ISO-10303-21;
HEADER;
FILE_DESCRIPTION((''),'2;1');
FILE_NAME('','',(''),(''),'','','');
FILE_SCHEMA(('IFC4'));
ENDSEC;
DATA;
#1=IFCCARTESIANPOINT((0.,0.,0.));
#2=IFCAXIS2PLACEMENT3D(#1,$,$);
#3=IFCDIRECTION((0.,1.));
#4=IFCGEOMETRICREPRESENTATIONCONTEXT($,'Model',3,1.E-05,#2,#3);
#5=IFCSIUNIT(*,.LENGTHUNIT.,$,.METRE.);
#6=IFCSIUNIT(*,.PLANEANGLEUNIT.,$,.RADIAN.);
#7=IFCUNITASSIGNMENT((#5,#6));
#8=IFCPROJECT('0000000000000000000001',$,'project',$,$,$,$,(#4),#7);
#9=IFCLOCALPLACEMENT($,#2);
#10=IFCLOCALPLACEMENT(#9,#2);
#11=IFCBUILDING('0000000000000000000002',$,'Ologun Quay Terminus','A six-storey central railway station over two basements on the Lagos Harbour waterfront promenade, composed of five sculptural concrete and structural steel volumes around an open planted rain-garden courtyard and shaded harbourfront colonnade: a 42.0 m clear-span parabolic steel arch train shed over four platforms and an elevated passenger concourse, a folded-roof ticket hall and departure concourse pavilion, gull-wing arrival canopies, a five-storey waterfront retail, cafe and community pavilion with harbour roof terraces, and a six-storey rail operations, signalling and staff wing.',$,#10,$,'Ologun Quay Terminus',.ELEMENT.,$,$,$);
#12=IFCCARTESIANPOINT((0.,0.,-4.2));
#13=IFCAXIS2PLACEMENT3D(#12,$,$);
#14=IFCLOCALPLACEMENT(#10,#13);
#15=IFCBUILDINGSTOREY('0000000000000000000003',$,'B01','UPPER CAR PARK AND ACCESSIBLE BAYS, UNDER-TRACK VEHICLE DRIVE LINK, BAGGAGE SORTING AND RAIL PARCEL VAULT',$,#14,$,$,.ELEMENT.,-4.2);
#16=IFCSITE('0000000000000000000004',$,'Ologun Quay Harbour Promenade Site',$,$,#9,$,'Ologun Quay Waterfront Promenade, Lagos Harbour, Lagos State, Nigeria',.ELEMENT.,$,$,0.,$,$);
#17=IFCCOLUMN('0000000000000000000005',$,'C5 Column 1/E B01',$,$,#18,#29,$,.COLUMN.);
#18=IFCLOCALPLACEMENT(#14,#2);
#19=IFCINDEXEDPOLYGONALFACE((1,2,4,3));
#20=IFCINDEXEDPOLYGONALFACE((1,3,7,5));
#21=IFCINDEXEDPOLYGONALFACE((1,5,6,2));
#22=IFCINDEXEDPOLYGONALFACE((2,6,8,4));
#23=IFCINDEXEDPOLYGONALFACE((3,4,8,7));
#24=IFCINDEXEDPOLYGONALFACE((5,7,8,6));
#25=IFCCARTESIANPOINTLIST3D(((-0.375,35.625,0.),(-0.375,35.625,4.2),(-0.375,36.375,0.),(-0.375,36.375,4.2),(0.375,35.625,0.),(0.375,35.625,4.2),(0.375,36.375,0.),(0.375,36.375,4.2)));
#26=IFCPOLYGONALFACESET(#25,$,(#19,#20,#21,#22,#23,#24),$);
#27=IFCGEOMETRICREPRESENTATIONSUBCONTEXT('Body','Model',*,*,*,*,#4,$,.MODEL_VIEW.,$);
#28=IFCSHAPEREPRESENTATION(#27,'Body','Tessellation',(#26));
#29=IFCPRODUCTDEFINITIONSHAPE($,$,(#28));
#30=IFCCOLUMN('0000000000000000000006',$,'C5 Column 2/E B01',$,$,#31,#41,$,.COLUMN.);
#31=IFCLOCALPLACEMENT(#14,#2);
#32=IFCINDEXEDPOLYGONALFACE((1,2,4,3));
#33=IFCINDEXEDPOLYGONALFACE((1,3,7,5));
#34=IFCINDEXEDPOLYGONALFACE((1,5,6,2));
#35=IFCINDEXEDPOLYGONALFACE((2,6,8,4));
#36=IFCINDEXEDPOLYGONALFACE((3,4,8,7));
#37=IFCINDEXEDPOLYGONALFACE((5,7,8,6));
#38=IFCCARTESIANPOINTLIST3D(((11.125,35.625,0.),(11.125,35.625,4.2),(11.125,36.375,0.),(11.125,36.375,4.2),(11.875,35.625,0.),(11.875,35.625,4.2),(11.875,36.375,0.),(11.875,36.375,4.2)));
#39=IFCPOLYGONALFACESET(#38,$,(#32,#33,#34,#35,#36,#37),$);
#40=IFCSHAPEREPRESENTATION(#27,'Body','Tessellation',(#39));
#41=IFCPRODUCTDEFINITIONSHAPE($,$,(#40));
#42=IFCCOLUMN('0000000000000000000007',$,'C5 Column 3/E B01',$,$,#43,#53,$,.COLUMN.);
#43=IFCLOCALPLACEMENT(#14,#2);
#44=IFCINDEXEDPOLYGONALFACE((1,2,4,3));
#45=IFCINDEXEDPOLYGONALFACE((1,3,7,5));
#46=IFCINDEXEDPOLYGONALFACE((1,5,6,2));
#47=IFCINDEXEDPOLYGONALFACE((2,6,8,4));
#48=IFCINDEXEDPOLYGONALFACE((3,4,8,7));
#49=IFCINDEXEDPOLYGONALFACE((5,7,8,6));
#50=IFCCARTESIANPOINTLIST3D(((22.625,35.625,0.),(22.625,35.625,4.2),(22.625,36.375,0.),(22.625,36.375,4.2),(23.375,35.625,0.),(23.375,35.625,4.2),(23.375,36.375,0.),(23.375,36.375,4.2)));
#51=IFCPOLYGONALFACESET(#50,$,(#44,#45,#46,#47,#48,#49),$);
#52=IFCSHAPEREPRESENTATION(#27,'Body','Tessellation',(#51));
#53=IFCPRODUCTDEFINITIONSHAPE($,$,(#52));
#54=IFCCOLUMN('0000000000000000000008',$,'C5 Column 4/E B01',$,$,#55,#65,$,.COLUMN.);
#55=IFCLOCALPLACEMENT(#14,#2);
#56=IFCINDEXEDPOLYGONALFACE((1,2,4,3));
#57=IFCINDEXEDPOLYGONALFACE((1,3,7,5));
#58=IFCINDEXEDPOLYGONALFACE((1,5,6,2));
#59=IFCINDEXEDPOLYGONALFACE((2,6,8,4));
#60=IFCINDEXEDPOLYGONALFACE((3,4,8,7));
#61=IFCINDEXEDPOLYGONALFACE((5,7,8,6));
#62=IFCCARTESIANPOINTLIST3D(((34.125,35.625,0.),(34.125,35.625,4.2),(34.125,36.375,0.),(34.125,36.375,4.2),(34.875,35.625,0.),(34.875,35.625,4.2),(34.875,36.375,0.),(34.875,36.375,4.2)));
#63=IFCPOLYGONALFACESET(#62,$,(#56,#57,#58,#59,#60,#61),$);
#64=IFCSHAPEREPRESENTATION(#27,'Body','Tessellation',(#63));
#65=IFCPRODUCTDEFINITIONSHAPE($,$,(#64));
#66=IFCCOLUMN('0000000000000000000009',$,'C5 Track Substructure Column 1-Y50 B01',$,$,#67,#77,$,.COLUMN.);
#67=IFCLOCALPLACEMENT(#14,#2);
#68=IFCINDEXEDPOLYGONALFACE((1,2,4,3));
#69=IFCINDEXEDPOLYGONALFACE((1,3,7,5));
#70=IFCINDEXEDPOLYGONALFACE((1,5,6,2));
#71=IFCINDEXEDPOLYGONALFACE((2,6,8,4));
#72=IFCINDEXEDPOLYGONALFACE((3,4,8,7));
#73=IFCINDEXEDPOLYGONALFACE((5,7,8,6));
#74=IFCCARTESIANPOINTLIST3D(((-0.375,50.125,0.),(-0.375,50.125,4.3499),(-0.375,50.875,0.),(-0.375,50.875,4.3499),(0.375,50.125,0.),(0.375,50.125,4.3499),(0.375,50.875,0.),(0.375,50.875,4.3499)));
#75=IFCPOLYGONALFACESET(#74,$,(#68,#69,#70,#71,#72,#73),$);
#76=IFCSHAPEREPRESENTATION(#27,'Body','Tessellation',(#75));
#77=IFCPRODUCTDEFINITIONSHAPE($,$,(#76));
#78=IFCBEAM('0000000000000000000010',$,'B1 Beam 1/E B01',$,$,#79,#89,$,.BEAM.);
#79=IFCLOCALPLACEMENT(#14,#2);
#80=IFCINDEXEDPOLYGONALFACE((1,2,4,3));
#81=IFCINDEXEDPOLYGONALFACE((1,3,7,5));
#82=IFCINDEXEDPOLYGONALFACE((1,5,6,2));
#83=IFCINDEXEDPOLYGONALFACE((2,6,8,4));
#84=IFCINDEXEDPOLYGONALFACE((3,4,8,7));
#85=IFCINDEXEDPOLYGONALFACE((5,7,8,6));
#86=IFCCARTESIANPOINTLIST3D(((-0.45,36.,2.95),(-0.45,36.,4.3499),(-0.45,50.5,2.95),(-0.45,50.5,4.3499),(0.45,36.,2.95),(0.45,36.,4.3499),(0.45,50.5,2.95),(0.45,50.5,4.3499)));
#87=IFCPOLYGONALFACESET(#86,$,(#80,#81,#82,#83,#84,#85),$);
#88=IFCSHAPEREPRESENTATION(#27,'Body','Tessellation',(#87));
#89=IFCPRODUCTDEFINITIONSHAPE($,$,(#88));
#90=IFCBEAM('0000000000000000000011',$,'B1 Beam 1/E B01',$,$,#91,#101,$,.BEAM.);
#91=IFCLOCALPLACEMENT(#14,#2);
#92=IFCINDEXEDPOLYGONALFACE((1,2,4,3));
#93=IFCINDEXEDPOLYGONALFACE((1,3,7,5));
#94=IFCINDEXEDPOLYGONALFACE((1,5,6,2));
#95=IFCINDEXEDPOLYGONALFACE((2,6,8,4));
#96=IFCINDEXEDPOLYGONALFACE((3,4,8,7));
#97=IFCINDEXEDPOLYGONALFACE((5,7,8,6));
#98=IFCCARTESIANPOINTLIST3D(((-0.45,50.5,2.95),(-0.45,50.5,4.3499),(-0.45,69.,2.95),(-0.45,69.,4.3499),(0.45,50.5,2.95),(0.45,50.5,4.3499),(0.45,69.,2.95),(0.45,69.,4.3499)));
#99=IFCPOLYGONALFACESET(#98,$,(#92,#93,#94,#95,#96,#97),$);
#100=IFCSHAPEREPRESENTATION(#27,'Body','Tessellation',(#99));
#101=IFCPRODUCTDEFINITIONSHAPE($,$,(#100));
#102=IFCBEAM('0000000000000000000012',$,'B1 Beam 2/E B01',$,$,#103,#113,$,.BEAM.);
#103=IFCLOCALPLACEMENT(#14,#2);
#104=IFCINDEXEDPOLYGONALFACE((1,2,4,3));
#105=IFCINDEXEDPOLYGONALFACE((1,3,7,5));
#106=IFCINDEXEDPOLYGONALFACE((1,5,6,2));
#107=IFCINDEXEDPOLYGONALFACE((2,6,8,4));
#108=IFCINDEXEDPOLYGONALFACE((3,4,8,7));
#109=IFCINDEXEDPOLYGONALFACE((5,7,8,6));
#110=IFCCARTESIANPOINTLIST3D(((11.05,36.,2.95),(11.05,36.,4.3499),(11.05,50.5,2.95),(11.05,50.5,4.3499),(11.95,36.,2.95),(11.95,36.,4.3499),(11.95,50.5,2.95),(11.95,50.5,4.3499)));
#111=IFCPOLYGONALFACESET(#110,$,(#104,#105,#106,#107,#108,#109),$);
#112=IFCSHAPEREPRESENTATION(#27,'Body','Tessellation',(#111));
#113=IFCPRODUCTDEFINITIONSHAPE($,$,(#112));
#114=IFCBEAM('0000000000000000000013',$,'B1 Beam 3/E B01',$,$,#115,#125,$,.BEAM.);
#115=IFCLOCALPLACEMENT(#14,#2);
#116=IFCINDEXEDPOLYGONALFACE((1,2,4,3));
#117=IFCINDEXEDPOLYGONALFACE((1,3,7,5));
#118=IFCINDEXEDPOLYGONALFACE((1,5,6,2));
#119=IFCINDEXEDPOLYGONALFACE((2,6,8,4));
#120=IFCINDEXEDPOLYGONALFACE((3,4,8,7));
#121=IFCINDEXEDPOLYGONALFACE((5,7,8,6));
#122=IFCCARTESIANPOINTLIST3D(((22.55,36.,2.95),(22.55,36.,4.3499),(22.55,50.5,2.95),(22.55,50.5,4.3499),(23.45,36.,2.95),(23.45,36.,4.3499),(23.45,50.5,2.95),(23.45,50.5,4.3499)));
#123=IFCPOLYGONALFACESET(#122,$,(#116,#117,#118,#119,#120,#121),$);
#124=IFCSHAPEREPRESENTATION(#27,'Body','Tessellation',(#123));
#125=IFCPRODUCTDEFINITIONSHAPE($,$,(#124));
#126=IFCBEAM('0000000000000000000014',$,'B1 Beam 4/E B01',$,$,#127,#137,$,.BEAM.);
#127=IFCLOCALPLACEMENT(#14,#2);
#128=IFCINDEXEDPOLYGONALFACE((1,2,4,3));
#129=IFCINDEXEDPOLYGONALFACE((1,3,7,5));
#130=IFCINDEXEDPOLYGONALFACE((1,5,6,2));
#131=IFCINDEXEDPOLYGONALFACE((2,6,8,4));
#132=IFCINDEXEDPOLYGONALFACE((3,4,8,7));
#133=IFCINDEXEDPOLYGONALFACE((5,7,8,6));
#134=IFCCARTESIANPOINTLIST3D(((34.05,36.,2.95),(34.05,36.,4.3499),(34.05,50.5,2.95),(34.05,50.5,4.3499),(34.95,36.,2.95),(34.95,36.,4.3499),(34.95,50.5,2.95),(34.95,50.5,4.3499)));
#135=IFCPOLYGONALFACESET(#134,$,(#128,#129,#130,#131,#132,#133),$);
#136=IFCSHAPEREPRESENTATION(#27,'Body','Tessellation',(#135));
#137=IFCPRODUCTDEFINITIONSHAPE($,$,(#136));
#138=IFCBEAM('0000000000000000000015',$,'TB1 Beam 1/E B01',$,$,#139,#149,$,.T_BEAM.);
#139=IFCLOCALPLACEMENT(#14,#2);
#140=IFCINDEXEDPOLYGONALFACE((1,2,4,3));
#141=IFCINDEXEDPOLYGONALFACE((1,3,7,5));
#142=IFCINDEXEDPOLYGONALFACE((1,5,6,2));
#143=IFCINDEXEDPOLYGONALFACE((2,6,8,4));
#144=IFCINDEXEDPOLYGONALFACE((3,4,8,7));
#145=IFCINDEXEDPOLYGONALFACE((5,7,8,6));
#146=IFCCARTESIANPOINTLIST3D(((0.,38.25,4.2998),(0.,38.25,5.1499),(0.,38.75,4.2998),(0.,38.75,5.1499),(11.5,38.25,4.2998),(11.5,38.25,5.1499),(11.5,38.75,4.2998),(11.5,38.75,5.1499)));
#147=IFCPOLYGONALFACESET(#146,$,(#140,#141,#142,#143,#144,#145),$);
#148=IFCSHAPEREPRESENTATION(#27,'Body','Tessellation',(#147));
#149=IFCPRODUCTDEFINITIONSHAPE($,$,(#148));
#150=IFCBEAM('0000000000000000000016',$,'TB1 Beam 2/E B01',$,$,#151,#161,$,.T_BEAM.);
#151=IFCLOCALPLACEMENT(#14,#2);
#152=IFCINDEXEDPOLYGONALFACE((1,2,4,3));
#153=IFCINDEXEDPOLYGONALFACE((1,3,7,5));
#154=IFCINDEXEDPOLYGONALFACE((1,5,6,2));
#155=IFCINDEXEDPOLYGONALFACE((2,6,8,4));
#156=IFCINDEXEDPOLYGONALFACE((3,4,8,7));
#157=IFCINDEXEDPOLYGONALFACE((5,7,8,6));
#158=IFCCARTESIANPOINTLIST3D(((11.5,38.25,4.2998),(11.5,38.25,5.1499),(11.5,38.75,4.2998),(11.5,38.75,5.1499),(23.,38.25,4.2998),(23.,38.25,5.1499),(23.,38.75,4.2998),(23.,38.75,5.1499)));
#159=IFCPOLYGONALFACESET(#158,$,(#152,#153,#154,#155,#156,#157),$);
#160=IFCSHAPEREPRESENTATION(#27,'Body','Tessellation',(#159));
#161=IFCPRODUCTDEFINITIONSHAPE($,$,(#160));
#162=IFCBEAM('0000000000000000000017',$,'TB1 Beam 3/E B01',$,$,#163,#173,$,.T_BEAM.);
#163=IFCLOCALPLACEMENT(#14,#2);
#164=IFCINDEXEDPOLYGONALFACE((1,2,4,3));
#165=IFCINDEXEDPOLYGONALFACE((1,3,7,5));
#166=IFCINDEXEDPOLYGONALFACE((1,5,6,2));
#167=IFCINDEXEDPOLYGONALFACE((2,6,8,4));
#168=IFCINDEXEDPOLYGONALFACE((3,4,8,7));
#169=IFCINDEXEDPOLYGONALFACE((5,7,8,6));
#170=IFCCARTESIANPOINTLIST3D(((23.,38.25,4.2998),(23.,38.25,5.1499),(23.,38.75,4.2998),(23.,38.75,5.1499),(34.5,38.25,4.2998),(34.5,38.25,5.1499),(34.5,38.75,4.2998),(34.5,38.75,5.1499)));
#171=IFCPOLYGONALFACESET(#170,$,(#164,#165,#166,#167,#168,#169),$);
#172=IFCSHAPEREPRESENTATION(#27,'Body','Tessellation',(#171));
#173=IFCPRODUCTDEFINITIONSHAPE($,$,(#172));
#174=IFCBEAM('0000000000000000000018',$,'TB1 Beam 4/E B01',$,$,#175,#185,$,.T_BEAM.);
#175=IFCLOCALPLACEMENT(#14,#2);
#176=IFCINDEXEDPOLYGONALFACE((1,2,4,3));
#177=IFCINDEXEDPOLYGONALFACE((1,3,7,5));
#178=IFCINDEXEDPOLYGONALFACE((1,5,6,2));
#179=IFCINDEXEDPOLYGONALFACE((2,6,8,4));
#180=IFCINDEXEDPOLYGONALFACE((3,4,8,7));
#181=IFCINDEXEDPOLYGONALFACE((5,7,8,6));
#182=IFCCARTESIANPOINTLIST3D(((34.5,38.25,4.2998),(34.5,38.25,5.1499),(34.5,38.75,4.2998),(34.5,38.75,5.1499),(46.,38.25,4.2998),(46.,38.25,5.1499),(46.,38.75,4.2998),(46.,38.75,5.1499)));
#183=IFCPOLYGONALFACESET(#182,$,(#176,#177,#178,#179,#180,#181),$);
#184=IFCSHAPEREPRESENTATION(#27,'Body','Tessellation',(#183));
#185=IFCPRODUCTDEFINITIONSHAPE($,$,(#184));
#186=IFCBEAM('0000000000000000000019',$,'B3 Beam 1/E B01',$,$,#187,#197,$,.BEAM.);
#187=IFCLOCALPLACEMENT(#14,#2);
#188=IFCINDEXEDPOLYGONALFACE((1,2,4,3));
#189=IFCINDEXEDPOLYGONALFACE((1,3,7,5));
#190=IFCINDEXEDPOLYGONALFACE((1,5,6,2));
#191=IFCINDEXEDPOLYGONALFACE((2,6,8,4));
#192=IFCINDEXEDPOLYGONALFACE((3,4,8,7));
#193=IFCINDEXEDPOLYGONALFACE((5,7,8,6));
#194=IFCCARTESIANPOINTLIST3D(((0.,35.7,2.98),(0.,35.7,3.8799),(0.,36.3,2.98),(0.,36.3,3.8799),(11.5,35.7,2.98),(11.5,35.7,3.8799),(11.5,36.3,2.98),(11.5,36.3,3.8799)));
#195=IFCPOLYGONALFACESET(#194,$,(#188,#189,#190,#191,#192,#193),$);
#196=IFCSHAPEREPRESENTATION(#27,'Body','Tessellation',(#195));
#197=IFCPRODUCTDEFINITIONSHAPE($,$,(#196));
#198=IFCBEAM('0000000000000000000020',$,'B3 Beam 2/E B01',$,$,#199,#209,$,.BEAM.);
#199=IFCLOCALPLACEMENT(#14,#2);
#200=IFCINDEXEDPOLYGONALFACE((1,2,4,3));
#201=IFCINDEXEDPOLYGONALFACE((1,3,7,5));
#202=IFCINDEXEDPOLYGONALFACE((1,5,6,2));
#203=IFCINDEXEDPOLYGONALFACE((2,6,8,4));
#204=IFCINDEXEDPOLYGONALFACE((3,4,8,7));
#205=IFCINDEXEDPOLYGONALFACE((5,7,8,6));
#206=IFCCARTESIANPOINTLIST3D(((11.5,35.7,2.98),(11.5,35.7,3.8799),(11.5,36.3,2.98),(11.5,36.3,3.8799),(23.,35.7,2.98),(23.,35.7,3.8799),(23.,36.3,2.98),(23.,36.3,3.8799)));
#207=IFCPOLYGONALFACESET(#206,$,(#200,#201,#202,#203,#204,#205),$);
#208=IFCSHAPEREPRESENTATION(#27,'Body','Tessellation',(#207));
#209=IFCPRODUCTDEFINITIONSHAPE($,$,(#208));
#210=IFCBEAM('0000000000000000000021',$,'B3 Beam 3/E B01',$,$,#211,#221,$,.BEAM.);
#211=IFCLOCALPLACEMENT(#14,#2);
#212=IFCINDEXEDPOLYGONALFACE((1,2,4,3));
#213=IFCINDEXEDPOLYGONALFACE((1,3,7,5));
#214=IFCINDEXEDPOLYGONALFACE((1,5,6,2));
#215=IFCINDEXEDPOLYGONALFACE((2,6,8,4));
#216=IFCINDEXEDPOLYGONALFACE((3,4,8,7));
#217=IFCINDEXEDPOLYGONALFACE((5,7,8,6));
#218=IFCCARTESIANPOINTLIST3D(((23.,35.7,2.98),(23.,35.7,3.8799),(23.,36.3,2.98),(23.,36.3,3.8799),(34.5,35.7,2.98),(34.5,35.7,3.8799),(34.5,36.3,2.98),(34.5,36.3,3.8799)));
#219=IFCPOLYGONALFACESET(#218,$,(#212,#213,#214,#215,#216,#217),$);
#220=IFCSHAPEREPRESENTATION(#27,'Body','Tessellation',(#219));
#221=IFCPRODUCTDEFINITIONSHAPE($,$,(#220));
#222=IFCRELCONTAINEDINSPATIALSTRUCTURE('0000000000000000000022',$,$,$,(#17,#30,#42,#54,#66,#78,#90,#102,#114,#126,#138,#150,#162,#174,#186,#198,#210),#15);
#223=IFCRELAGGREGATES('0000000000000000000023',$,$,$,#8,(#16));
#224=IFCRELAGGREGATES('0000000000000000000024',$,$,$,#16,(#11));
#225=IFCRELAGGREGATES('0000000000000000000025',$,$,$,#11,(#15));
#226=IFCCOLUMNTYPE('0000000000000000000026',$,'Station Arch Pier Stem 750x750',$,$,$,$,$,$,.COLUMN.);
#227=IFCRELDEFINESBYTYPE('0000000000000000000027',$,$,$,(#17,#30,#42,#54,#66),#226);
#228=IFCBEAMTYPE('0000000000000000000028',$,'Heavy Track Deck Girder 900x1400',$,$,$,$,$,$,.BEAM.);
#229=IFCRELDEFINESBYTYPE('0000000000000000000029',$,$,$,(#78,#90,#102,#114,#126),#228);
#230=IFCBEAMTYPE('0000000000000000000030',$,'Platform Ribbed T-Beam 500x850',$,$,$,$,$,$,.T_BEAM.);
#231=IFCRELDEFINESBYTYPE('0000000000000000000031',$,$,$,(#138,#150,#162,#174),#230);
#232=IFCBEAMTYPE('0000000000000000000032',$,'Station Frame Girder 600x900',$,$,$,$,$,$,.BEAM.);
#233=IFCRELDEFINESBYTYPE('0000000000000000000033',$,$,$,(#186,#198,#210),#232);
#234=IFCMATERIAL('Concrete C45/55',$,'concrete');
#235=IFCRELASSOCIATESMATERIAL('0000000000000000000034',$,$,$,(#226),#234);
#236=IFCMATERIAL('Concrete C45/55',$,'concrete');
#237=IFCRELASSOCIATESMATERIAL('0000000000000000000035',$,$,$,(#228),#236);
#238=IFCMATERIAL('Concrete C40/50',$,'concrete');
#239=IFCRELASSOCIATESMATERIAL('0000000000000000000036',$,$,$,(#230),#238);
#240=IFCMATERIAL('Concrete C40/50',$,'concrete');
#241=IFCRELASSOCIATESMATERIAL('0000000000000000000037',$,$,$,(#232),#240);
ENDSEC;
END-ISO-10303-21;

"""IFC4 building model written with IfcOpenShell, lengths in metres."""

from ifc_helpers import new_model, si_unit, direction, frame, origin, origin_2d, place, context, subcontext, project, spatial, rectangle, extrude, material, material_profile, profile_set, type_object, element, save


model = new_model("IFC4")

# Units and contexts
model_context = context("Model", 3, precision=1e-05, world=origin(), true_north=direction((0.0, 1.0)))
body_context = subcontext(model_context, "Body", "Model", "MODEL_VIEW")
ifc_project = project(units=[si_unit("LENGTHUNIT", "METRE"), si_unit("PLANEANGLEUNIT", "RADIAN")], contexts=[model_context])

# Site, building, storey
site_placement = place(None, origin())
site = spatial("IfcSite", under=ifc_project, at=site_placement, Name="Ologun Quay Harbour Promenade Site", LongName="Ologun Quay Waterfront Promenade, Lagos Harbour, Lagos State, Nigeria", CompositionType="ELEMENT", RefElevation=0.0)
building_placement = place(site_placement, origin())
building = spatial("IfcBuilding", under=site, at=building_placement, Name="Ologun Quay Terminus", Description="A six-storey central railway station over two basements on the Lagos Harbour waterfront promenade, composed of five sculptural concrete and structural steel volumes around an open planted rain-garden courtyard and shaded harbourfront colonnade: a 42.0 m clear-span parabolic steel arch train shed over four platforms and an elevated passenger concourse, a folded-roof ticket hall and departure concourse pavilion, gull-wing arrival canopies, a five-storey waterfront retail, cafe and community pavilion with harbour roof terraces, and a six-storey rail operations, signalling and staff wing.", LongName="Ologun Quay Terminus", CompositionType="ELEMENT")
storey_placement = place(building_placement, frame((0.0, 0.0, -4.2)))
storey = spatial("IfcBuildingStorey", under=building, at=storey_placement, Name="B01", Description="UPPER CAR PARK AND ACCESSIBLE BAYS, UNDER-TRACK VEHICLE DRIVE LINK, BAGGAGE SORTING AND RAIL PARCEL VAULT", CompositionType="ELEMENT", Elevation=-4.2)

# Columns
ifc_material_1 = material(Name="Concrete C45/55", Category="concrete")
ifc_material_profile_1 = material_profile(ifc_material_1, rectangle(XDim=0.75, YDim=0.75, at=origin_2d()), Name="RC 750x750")
ifc_profile_set_1 = profile_set([ifc_material_profile_1], Name="Concrete C45/55")
column_type = type_object("IfcColumnType", Name="Station Arch Pier Stem 750x750", PredefinedType="COLUMN", material=ifc_profile_set_1)
for number, where, z_axis, x_axis, name in (
    (1, (0.0, 36.0, 0.0), (0.0, 0.0, 1.0), (1.0, 0.0, 0.0), "C5 Column 1/E B01"),
    (2, (11.5, 36.0, 0.0), (0.0, 0.0, 1.0), (1.0, 0.0, 0.0), "C5 Column 2/E B01"),
    (3, (23.0, 36.0, 0.0), (0.0, 0.0, 1.0), (1.0, 0.0, 0.0), "C5 Column 3/E B01"),
    (4, (34.5, 36.0, 0.0), (0.0, 0.0, 1.0), (1.0, 0.0, 0.0), "C5 Column 4/E B01"),
):
    element("IfcColumn", number, at=place(storey_placement, frame(where, z_axis=z_axis, x_axis=x_axis)), inside=storey, type_object=column_type, Name=name, PredefinedType="COLUMN", context=body_context, shape_type="SweptSolid", body=[
        extrude(rectangle(XDim=0.75, YDim=0.75, at=origin_2d()), origin(), (0.0, 0.0, 1.0), 4.2),
    ])
column_placement = place(storey_placement, frame((0.0, 50.5, 0.0), z_axis=(0.0, 0.0, 1.0), x_axis=(1.0, 0.0, 0.0)))
element("IfcColumn", 5, at=column_placement, inside=storey, type_object=column_type, Name="C5 Track Substructure Column 1-Y50 B01", PredefinedType="COLUMN", context=body_context, shape_type="SweptSolid", body=[
    extrude(rectangle(XDim=0.75, YDim=0.75, at=origin_2d()), origin(), (0.0, 0.0, 1.0), 4.3499),
])

# Beams
ifc_material_2 = material(Name="Concrete C45/55", Category="concrete")
ifc_material_profile_2 = material_profile(ifc_material_2, rectangle(XDim=0.8999, YDim=1.3999, at=origin_2d()), Name="RC 900x1400")
ifc_profile_set_2 = profile_set([ifc_material_profile_2], Name="Concrete C45/55")
beam_type_1 = type_object("IfcBeamType", Name="Heavy Track Deck Girder 900x1400", PredefinedType="BEAM", material=ifc_profile_set_2)
beam_1_placement = place(storey_placement, frame((0.0, 36.0, 3.6499), z_axis=(0.0, 1.0, 0.0), x_axis=(-1.0, 0.0, 0.0)))
element("IfcBeam", 6, at=beam_1_placement, inside=storey, type_object=beam_type_1, Name="B1 Beam 1/E B01", PredefinedType="BEAM", context=body_context, shape_type="SweptSolid", body=[
    extrude(rectangle(XDim=0.8999, YDim=1.3999, at=origin_2d()), origin(), (0.0, 0.0, 1.0), 14.5),
])
beam_2_placement = place(storey_placement, frame((0.0, 50.5, 3.6499), z_axis=(0.0, 1.0, 0.0), x_axis=(-1.0, 0.0, 0.0)))
element("IfcBeam", 7, at=beam_2_placement, inside=storey, type_object=beam_type_1, Name="B1 Beam 1/E B01", PredefinedType="BEAM", context=body_context, shape_type="SweptSolid", body=[
    extrude(rectangle(XDim=0.8999, YDim=1.3999, at=origin_2d()), origin(), (0.0, 0.0, 1.0), 18.5),
])
for number, where, z_axis, x_axis, name in (
    (8, (11.5, 36.0, 3.6499), (0.0, 1.0, 0.0), (-1.0, 0.0, 0.0), "B1 Beam 2/E B01"),
    (9, (23.0, 36.0, 3.6499), (0.0, 1.0, 0.0), (-1.0, 0.0, 0.0), "B1 Beam 3/E B01"),
    (10, (34.5, 36.0, 3.6499), (0.0, 1.0, 0.0), (-1.0, 0.0, 0.0), "B1 Beam 4/E B01"),
):
    element("IfcBeam", number, at=place(storey_placement, frame(where, z_axis=z_axis, x_axis=x_axis)), inside=storey, type_object=beam_type_1, Name=name, PredefinedType="BEAM", context=body_context, shape_type="SweptSolid", body=[
        extrude(rectangle(XDim=0.8999, YDim=1.3999, at=origin_2d()), origin(), (0.0, 0.0, 1.0), 14.5),
    ])
ifc_material_3 = material(Name="Concrete C40/50", Category="concrete")
ifc_material_profile_3 = material_profile(ifc_material_3, rectangle(XDim=0.5, YDim=0.8501, at=origin_2d()), Name="RC 500x850")
ifc_profile_set_3 = profile_set([ifc_material_profile_3], Name="Concrete C40/50")
beam_type_2 = type_object("IfcBeamType", Name="Platform Ribbed T-Beam 500x850", PredefinedType="T_BEAM", material=ifc_profile_set_3)
for number, where, z_axis, x_axis, name in (
    (11, (0.0, 38.5, 4.7249), (1.0, 0.0, 0.0), (0.0, 1.0, 0.0), "TB1 Beam 1/E B01"),
    (12, (11.5, 38.5, 4.7249), (1.0, 0.0, 0.0), (0.0, 1.0, 0.0), "TB1 Beam 2/E B01"),
    (13, (23.0, 38.5, 4.7249), (1.0, 0.0, 0.0), (0.0, 1.0, 0.0), "TB1 Beam 3/E B01"),
    (14, (34.5, 38.5, 4.7249), (1.0, 0.0, 0.0), (0.0, 1.0, 0.0), "TB1 Beam 4/E B01"),
):
    element("IfcBeam", number, at=place(storey_placement, frame(where, z_axis=z_axis, x_axis=x_axis)), inside=storey, type_object=beam_type_2, Name=name, PredefinedType="T_BEAM", context=body_context, shape_type="SweptSolid", body=[
        extrude(rectangle(XDim=0.5, YDim=0.8501, at=origin_2d()), origin(), (0.0, 0.0, 1.0), 11.5),
    ])
ifc_material_4 = material(Name="Concrete C40/50", Category="concrete")
ifc_material_profile_4 = material_profile(ifc_material_4, rectangle(XDim=0.6001, YDim=0.8999, at=origin_2d()), Name="RC 600x900")
ifc_profile_set_4 = profile_set([ifc_material_profile_4], Name="Concrete C40/50")
beam_type_3 = type_object("IfcBeamType", Name="Station Frame Girder 600x900", PredefinedType="BEAM", material=ifc_profile_set_4)
for number, where, z_axis, x_axis, name in (
    (15, (0.0, 36.0, 3.4299), (1.0, 0.0, 0.0), (0.0, 1.0, 0.0), "B3 Beam 1/E B01"),
    (16, (11.5, 36.0, 3.4299), (1.0, 0.0, 0.0), (0.0, 1.0, 0.0), "B3 Beam 2/E B01"),
    (17, (23.0, 36.0, 3.4299), (1.0, 0.0, 0.0), (0.0, 1.0, 0.0), "B3 Beam 3/E B01"),
):
    element("IfcBeam", number, at=place(storey_placement, frame(where, z_axis=z_axis, x_axis=x_axis)), inside=storey, type_object=beam_type_3, Name=name, PredefinedType="BEAM", context=body_context, shape_type="SweptSolid", body=[
        extrude(rectangle(XDim=0.6001, YDim=0.8999, at=origin_2d()), origin(), (0.0, 0.0, 1.0), 11.5),
    ])

save(model, "model.ifc")
